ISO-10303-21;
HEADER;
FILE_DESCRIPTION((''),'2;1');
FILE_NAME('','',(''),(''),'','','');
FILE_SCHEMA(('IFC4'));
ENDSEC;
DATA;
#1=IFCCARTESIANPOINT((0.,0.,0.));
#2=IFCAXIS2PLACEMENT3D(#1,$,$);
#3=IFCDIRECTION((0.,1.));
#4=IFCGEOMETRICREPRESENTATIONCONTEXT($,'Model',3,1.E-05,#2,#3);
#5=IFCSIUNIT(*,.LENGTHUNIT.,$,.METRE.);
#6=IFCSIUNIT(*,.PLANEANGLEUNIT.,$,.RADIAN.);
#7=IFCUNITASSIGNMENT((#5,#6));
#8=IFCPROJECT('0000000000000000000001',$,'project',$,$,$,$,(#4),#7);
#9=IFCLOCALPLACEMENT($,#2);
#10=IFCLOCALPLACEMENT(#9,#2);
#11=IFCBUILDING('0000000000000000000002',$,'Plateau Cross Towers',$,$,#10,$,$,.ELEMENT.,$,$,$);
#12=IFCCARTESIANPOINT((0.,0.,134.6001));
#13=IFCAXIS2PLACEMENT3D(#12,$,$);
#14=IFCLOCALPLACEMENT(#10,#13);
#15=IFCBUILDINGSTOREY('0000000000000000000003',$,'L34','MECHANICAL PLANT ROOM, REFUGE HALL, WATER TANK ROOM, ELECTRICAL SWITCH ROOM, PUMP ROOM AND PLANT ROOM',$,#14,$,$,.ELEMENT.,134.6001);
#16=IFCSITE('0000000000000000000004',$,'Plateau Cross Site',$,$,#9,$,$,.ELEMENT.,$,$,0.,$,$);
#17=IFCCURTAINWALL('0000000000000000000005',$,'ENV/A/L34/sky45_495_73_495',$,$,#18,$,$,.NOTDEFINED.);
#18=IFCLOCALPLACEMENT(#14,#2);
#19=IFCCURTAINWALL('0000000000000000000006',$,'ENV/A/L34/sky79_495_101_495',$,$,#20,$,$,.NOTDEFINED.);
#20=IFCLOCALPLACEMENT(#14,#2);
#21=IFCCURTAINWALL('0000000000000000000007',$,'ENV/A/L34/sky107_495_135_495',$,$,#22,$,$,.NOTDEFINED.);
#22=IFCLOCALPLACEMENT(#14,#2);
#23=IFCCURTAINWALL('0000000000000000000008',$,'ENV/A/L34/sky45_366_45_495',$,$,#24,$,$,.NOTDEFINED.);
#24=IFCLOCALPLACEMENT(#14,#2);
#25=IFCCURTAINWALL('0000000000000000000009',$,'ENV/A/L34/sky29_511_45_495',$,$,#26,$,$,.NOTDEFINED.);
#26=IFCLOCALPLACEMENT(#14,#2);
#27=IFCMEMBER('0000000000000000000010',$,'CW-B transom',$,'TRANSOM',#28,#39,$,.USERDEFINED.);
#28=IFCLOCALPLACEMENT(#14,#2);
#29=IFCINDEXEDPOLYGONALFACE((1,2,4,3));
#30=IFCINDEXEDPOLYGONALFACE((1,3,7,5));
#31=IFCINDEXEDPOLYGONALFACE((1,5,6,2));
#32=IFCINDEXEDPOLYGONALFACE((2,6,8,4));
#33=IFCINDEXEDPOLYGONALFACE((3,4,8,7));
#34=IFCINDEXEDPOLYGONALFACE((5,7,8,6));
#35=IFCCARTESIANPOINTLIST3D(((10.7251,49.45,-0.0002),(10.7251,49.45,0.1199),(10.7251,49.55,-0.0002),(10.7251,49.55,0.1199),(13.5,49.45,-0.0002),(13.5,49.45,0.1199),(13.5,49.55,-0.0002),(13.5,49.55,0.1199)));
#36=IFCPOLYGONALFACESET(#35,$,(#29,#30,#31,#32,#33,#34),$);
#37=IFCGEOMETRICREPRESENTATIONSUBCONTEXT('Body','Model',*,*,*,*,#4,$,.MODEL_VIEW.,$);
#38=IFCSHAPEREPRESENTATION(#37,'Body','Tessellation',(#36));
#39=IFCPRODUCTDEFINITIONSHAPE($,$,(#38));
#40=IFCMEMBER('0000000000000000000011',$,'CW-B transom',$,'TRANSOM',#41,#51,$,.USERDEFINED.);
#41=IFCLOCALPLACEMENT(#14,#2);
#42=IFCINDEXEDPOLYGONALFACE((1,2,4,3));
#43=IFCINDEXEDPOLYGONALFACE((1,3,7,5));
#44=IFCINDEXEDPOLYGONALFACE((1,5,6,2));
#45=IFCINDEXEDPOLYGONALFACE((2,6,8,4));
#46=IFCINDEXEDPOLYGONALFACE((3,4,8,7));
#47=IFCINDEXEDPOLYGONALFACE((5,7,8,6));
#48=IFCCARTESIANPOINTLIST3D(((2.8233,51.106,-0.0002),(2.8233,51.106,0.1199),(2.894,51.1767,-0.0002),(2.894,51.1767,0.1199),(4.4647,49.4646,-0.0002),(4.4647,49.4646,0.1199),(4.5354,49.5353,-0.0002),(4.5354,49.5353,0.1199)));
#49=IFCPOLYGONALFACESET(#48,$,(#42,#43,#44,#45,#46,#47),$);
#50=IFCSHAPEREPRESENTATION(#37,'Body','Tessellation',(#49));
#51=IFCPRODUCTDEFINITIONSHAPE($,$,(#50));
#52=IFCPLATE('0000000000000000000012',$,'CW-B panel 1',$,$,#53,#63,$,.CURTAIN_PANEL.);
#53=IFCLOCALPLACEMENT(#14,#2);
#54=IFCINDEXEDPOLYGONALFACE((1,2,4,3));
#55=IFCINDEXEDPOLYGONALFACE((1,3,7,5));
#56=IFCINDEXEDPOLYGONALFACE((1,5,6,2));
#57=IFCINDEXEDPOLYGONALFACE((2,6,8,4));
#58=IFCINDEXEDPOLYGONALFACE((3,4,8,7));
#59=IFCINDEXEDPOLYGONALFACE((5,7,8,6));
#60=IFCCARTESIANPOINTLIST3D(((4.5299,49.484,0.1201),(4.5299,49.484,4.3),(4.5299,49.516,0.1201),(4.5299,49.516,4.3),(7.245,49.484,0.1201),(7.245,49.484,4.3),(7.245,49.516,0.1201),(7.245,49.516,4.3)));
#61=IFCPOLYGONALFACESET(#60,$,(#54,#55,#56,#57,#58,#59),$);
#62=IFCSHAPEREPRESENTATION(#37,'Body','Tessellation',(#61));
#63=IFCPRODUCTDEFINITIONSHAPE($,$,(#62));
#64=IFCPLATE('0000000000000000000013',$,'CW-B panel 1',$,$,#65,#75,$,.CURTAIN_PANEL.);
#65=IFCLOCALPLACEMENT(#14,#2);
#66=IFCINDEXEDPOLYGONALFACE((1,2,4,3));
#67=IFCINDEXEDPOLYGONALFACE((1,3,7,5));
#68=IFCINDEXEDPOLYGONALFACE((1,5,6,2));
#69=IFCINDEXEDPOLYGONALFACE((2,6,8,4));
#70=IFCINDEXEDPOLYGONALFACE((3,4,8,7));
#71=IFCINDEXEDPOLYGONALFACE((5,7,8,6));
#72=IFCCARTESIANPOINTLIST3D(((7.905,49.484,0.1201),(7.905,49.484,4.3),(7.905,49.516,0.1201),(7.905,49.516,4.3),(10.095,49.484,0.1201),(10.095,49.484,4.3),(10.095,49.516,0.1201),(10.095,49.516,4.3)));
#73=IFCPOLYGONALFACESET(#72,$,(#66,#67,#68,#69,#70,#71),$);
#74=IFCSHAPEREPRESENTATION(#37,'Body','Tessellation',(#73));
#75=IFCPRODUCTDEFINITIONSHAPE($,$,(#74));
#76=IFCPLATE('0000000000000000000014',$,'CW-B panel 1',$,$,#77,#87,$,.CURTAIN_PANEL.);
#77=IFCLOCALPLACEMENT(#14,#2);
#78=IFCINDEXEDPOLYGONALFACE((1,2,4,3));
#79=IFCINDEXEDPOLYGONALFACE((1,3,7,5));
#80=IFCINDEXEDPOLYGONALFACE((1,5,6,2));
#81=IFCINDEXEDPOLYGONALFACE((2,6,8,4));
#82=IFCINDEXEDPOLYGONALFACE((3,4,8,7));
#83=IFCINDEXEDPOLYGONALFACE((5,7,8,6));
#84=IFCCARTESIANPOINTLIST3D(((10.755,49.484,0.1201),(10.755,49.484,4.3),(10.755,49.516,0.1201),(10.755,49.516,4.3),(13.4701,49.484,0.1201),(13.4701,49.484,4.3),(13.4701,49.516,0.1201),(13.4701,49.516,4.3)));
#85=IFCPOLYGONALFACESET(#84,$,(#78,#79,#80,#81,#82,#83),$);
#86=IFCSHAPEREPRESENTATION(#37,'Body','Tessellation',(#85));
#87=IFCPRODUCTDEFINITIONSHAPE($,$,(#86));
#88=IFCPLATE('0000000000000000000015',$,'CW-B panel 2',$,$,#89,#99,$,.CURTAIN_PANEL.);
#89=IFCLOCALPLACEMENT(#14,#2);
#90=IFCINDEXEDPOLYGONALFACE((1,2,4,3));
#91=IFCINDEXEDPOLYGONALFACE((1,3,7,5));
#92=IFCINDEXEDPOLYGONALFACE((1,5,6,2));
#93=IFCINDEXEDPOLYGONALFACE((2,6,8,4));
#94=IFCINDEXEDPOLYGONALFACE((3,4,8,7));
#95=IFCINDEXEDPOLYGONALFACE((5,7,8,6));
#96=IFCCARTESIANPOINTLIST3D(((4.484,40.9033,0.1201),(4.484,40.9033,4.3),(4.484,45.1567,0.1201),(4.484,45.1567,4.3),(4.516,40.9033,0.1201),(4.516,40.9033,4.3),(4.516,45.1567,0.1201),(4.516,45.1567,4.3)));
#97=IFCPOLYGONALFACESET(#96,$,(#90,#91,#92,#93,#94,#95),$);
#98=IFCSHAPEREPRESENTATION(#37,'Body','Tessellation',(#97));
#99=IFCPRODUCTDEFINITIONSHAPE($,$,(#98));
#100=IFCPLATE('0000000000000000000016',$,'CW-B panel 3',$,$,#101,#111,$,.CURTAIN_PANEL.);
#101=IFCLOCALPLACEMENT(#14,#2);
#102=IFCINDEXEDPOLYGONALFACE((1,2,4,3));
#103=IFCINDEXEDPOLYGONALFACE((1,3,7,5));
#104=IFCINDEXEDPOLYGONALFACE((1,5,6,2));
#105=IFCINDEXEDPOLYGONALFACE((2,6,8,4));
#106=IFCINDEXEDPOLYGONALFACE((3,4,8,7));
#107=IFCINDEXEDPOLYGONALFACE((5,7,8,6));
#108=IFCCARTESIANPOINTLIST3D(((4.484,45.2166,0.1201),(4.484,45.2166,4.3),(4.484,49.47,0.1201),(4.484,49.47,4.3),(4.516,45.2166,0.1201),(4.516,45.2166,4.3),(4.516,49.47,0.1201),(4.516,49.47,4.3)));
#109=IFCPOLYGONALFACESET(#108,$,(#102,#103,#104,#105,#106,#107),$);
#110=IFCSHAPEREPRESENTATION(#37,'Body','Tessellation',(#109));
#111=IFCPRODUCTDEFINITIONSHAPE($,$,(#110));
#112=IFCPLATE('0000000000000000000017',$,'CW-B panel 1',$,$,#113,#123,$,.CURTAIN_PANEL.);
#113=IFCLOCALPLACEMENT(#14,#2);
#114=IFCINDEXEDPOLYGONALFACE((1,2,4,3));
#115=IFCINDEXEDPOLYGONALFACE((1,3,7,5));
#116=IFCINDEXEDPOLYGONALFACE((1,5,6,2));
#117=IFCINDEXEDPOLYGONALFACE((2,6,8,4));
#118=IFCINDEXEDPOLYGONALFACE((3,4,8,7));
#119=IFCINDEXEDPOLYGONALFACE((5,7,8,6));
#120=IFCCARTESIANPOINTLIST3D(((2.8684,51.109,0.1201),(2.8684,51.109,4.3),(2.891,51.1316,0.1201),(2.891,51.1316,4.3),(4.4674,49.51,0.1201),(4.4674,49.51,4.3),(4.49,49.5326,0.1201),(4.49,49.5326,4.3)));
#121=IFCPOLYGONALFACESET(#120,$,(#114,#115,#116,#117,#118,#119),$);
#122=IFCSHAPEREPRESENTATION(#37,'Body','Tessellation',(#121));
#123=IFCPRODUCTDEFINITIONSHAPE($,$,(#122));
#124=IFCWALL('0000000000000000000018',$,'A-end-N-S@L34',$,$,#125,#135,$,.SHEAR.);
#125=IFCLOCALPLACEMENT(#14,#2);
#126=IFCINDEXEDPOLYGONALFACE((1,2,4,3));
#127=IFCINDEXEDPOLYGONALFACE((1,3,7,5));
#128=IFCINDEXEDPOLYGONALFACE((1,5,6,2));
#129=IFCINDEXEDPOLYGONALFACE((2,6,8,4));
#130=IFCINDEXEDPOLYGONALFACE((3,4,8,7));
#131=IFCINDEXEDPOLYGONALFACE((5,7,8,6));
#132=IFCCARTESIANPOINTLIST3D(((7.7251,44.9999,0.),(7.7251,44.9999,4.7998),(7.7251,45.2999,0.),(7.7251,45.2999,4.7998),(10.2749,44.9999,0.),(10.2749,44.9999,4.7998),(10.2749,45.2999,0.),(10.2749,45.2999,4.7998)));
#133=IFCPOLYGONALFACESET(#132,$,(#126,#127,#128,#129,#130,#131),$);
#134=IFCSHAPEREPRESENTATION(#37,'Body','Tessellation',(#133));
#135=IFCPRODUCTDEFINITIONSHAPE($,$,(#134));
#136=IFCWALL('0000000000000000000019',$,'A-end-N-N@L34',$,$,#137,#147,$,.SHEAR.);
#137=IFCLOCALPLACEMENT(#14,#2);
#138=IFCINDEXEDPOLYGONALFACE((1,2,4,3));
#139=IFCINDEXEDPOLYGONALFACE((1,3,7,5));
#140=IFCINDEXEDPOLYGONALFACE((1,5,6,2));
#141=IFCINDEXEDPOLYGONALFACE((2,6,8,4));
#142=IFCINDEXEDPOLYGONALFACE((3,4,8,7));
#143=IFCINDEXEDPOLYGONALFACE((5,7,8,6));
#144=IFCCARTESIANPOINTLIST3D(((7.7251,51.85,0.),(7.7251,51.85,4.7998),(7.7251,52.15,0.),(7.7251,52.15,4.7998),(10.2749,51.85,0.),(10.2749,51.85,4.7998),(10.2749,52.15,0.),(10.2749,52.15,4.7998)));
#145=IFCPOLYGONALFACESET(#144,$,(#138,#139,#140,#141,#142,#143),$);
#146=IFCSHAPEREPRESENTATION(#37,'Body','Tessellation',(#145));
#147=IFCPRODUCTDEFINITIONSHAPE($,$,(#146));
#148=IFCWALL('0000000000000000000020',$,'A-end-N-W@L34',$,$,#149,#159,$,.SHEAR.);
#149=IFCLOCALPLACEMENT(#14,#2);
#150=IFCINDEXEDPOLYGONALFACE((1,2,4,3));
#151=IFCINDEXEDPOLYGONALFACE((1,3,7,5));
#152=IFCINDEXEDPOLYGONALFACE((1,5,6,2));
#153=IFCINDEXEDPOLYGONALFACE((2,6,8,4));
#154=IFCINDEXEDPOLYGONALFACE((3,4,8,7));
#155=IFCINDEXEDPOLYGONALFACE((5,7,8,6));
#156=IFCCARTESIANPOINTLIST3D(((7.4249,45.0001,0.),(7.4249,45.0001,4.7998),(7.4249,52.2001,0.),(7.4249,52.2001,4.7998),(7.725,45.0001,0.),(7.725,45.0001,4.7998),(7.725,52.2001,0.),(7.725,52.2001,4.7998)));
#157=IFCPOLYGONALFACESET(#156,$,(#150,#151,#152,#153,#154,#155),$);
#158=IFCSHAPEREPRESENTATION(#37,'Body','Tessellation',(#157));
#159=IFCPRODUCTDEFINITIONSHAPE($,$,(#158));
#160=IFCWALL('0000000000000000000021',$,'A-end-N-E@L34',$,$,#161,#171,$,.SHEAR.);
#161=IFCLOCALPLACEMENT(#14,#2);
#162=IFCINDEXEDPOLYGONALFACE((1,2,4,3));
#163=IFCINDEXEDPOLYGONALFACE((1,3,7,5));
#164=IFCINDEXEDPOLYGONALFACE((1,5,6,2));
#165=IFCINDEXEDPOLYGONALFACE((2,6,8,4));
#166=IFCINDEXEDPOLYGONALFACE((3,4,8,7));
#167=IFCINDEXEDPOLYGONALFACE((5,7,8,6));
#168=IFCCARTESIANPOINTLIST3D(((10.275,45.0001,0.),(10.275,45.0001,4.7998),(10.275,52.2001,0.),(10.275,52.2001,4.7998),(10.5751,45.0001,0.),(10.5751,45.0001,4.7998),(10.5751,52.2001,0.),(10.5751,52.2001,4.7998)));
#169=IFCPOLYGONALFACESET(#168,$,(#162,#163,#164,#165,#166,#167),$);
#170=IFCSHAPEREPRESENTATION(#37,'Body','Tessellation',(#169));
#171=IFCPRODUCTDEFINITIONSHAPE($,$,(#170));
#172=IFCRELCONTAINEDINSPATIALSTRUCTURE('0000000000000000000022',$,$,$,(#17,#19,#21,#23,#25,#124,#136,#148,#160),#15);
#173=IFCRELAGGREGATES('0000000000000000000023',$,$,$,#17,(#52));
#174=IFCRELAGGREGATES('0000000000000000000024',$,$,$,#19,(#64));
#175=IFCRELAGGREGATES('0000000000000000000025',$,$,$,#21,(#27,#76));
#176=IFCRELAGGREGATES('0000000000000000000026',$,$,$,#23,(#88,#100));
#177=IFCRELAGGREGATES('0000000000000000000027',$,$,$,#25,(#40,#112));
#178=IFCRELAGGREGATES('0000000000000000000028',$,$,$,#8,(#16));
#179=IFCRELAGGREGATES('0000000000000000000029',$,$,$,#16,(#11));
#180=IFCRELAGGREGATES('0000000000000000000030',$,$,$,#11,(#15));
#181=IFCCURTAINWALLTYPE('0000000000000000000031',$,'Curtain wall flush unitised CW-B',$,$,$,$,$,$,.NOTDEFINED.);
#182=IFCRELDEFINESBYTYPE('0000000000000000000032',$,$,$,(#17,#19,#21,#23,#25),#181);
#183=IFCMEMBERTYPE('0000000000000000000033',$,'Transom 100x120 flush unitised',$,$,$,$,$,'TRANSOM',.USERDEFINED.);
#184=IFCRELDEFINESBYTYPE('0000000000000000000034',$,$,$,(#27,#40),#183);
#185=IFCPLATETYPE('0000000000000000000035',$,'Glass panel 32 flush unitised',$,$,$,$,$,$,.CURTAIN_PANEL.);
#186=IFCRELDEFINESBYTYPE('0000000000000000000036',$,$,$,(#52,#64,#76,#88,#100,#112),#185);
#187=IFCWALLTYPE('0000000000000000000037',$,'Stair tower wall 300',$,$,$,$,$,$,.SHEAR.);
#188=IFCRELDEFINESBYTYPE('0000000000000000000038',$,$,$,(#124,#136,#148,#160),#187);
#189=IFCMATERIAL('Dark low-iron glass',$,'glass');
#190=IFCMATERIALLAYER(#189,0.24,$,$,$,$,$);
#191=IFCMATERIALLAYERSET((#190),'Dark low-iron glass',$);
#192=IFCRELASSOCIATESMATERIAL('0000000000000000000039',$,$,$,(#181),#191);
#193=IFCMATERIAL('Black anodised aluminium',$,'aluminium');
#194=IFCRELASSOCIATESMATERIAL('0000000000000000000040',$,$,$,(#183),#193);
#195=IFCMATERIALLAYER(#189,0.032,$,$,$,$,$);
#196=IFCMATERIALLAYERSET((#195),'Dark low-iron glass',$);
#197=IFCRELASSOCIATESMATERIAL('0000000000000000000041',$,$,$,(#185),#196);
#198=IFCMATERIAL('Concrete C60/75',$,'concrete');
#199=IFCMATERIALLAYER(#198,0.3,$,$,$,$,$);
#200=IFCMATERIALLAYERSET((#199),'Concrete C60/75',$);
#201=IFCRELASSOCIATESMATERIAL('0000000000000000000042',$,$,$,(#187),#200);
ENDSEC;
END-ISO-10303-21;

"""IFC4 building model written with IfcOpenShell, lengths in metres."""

from ifc_helpers import new_model, si_unit, direction, frame, frame_2d, origin, origin_2d, place, context, subcontext, project, spatial, rectangle, extrude, material, layer, layer_set, material_profile, profile_set, type_object, element, aggregate, save


model = new_model("IFC4")

# Units and contexts
model_context = context("Model", 3, precision=1e-05, world=origin(), true_north=direction((0.0, 1.0)))
body_context = subcontext(model_context, "Body", "Model", "MODEL_VIEW")
ifc_project = project(units=[si_unit("LENGTHUNIT", "METRE"), si_unit("PLANEANGLEUNIT", "RADIAN")], contexts=[model_context])

# Site, building, storey
site_placement = place(None, origin())
site = spatial("IfcSite", under=ifc_project, at=site_placement, Name="Plateau Cross Site", CompositionType="ELEMENT", RefElevation=0.0)
building_placement = place(site_placement, origin())
building = spatial("IfcBuilding", under=site, at=building_placement, Name="Plateau Cross Towers", CompositionType="ELEMENT")
storey_placement = place(building_placement, frame((0.0, 0.0, 134.6001)))
storey = spatial("IfcBuildingStorey", under=building, at=storey_placement, Name="L34", Description="MECHANICAL PLANT ROOM, REFUGE HALL, WATER TANK ROOM, ELECTRICAL SWITCH ROOM, PUMP ROOM AND PLANT ROOM", CompositionType="ELEMENT", Elevation=134.6001)

# Shared definitions
ifc_material_1 = material(Name="Concrete C60/75", Category="concrete")

# Curtain walls
ifc_material_2 = material(Name="Dark low-iron glass", Category="glass")
ifc_layer_1 = layer(ifc_material_2, 0.24)
ifc_layer_set_1 = layer_set([ifc_layer_1], Name="Dark low-iron glass")
curtain_wall_type = type_object("IfcCurtainWallType", Name="Curtain wall flush unitised CW-B", PredefinedType="NOTDEFINED", material=ifc_layer_set_1)
curtain_wall_1_placement = place(storey_placement, origin())
curtain_wall_1 = element("IfcCurtainWall", 1, at=curtain_wall_1_placement, inside=storey, type_object=curtain_wall_type, Name="ENV/A/L34/sky45_495_73_495", PredefinedType="NOTDEFINED")
ifc_material_3 = material(Name="Black anodised aluminium", Category="aluminium")
curtain_wall_2_placement = place(storey_placement, origin())
curtain_wall_2 = element("IfcCurtainWall", 2, at=curtain_wall_2_placement, inside=storey, type_object=curtain_wall_type, Name="ENV/A/L34/sky79_495_101_495", PredefinedType="NOTDEFINED")

# Curtain wall
curtain_wall_3_placement = place(storey_placement, origin())
curtain_wall_3 = element("IfcCurtainWall", 3, at=curtain_wall_3_placement, inside=storey, type_object=curtain_wall_type, Name="ENV/A/L34/sky107_495_135_495", PredefinedType="NOTDEFINED")

# Curtain wall
curtain_wall_4_placement = place(storey_placement, origin())
curtain_wall_4 = element("IfcCurtainWall", 4, at=curtain_wall_4_placement, inside=storey, type_object=curtain_wall_type, Name="ENV/A/L34/sky45_366_45_495", PredefinedType="NOTDEFINED")

# Curtain wall
curtain_wall_5_placement = place(storey_placement, origin())
curtain_wall_5 = element("IfcCurtainWall", 5, at=curtain_wall_5_placement, inside=storey, type_object=curtain_wall_type, Name="ENV/A/L34/sky29_511_45_495", PredefinedType="NOTDEFINED")

# Members
ifc_material_profile_1 = material_profile(ifc_material_3, rectangle(XDim=0.1001, YDim=0.1201, at=origin_2d()), Name="TRANSOM 100x120")
ifc_profile_set_1 = profile_set([ifc_material_profile_1], Name="Black anodised aluminium")
member_type_1 = type_object("IfcMemberType", Name="Transom 100x120 flush unitised", ElementType="TRANSOM", PredefinedType="USERDEFINED", material=ifc_profile_set_1)
member_1_placement = place(storey_placement, frame((10.7251, 49.5, 0.0598), z_axis=(1.0, 0.0, 0.0), x_axis=(0.0, 1.0, 0.0)))
member_1 = element("IfcMember", 6, at=member_1_placement, type_object=member_type_1, Name="CW-B transom", ObjectType="TRANSOM", PredefinedType="USERDEFINED", context=body_context, shape_type="SweptSolid", body=[
    extrude(rectangle(XDim=0.1001, YDim=0.1201, at=origin_2d()), origin(), (0.0, 0.0, 1.0), 2.7749),
])
member_2_placement = place(storey_placement, frame((2.8586, 51.1414, 0.0598), z_axis=(0.707107, -0.707107, 0.0), x_axis=(0.707107, 0.707107, 0.0)))
member_2 = element("IfcMember", 7, at=member_2_placement, type_object=member_type_1, Name="CW-B transom", ObjectType="TRANSOM", PredefinedType="USERDEFINED", context=body_context, shape_type="SweptSolid", body=[
    extrude(rectangle(XDim=0.1001, YDim=0.1201, at=origin_2d()), origin(), (0.0, 0.0, 1.0), 2.3213),
])

# Plates
ifc_layer_2 = layer(ifc_material_2, 0.032)
ifc_layer_set_2 = layer_set([ifc_layer_2], Name="Dark low-iron glass")
plate_type = type_object("IfcPlateType", Name="Glass panel 32 flush unitised", PredefinedType="CURTAIN_PANEL", material=ifc_layer_set_2)
plate_1_placement = place(storey_placement, frame((5.8875, 49.5, 0.1201), z_axis=(0.0, 0.0, 1.0), x_axis=(1.0, 0.0, 0.0)))
plate_1 = element("IfcPlate", 8, at=plate_1_placement, type_object=plate_type, Name="CW-B panel 1", PredefinedType="CURTAIN_PANEL", context=body_context, shape_type="SweptSolid", body=[
    extrude(rectangle(XDim=2.7151, YDim=0.032, at=origin_2d()), origin(), (0.0, 0.0, 1.0), 4.1799),
])
aggregate(curtain_wall_1, [plate_1])
plate_2_placement = place(storey_placement, frame((9.0, 49.5, 0.1201), z_axis=(0.0, 0.0, 1.0), x_axis=(1.0, 0.0, 0.0)))
plate_2 = element("IfcPlate", 9, at=plate_2_placement, type_object=plate_type, Name="CW-B panel 1", PredefinedType="CURTAIN_PANEL", context=body_context, shape_type="SweptSolid", body=[
    extrude(rectangle(XDim=2.1899, YDim=0.032, at=origin_2d()), origin(), (0.0, 0.0, 1.0), 4.1799),
])
aggregate(curtain_wall_2, [plate_2])
plate_3_placement = place(storey_placement, frame((12.1125, 49.5, 0.1201), z_axis=(0.0, 0.0, 1.0), x_axis=(1.0, 0.0, 0.0)))
plate_3 = element("IfcPlate", 10, at=plate_3_placement, type_object=plate_type, Name="CW-B panel 1", PredefinedType="CURTAIN_PANEL", context=body_context, shape_type="SweptSolid", body=[
    extrude(rectangle(XDim=2.7151, YDim=0.032, at=origin_2d()), origin(), (0.0, 0.0, 1.0), 4.1799),
])
aggregate(curtain_wall_3, [member_1, plate_3])
plate_4_placement = place(storey_placement, frame((4.5, 43.03, 0.1201), z_axis=(0.0, 0.0, 1.0), x_axis=(0.0, 1.0, 0.0)))
plate_4 = element("IfcPlate", 11, at=plate_4_placement, type_object=plate_type, Name="CW-B panel 2", PredefinedType="CURTAIN_PANEL", context=body_context, shape_type="SweptSolid", body=[
    extrude(rectangle(XDim=4.2534, YDim=0.032, at=origin_2d()), origin(), (0.0, 0.0, 1.0), 4.1799),
])
plate_5_placement = place(storey_placement, frame((4.5, 47.3433, 0.1201), z_axis=(0.0, 0.0, 1.0), x_axis=(0.0, 1.0, 0.0)))
plate_5 = element("IfcPlate", 12, at=plate_5_placement, type_object=plate_type, Name="CW-B panel 3", PredefinedType="CURTAIN_PANEL", context=body_context, shape_type="SweptSolid", body=[
    extrude(rectangle(XDim=4.2534, YDim=0.032, at=origin_2d()), origin(), (0.0, 0.0, 1.0), 4.1799),
])
aggregate(curtain_wall_4, [plate_4, plate_5])
plate_6_placement = place(storey_placement, frame((3.6792, 50.3208, 0.1201), z_axis=(0.0, 0.0, 1.0), x_axis=(0.707107, -0.707107, 0.0)))
plate_6 = element("IfcPlate", 13, at=plate_6_placement, type_object=plate_type, Name="CW-B panel 1", PredefinedType="CURTAIN_PANEL", context=body_context, shape_type="SweptSolid", body=[
    extrude(rectangle(XDim=2.2612, YDim=0.032, at=origin_2d()), origin(), (0.0, 0.0, 1.0), 4.1799),
])
aggregate(curtain_wall_5, [member_2, plate_6])

# Walls
ifc_layer_3 = layer(ifc_material_1, 0.3)
ifc_layer_set_3 = layer_set([ifc_layer_3], Name="Concrete C60/75")
wall_type = type_object("IfcWallType", Name="Stair tower wall 300", PredefinedType="SHEAR", material=ifc_layer_set_3)
for number, where, z_axis, x_axis, name in (
    (14, (7.7251, 45.1499, 0.0), (0.0, 0.0, 1.0), (1.0, 0.0, 0.0), "A-end-N-S@L34"),
    (15, (7.7251, 52.0, 0.0), (0.0, 0.0, 1.0), (1.0, 0.0, 0.0), "A-end-N-N@L34"),
):
    element("IfcWall", number, at=place(storey_placement, frame(where, z_axis=z_axis, x_axis=x_axis)), inside=storey, type_object=wall_type, Name=name, PredefinedType="SHEAR", context=body_context, shape_type="SweptSolid", body=[
        extrude(rectangle(XDim=2.5498, YDim=0.3, at=frame_2d((1.2749, 0.0))), origin(), (0.0, 0.0, 1.0), 4.7998),
    ])
for number, where, z_axis, x_axis, name in (
    (16, (7.575, 45.0, 0.0), (0.0, 0.0, 1.0), (0.0, 1.0, 0.0), "A-end-N-W@L34"),
    (17, (10.425, 45.0, 0.0), (0.0, 0.0, 1.0), (0.0, 1.0, 0.0), "A-end-N-E@L34"),
):
    element("IfcWall", number, at=place(storey_placement, frame(where, z_axis=z_axis, x_axis=x_axis)), inside=storey, type_object=wall_type, Name=name, PredefinedType="SHEAR", context=body_context, shape_type="SweptSolid", body=[
        extrude(rectangle(XDim=7.2, YDim=0.3, at=frame_2d((3.6001, 0.0))), origin(), (0.0, 0.0, 1.0), 4.7998),
    ])

save(model, "model.ifc")
